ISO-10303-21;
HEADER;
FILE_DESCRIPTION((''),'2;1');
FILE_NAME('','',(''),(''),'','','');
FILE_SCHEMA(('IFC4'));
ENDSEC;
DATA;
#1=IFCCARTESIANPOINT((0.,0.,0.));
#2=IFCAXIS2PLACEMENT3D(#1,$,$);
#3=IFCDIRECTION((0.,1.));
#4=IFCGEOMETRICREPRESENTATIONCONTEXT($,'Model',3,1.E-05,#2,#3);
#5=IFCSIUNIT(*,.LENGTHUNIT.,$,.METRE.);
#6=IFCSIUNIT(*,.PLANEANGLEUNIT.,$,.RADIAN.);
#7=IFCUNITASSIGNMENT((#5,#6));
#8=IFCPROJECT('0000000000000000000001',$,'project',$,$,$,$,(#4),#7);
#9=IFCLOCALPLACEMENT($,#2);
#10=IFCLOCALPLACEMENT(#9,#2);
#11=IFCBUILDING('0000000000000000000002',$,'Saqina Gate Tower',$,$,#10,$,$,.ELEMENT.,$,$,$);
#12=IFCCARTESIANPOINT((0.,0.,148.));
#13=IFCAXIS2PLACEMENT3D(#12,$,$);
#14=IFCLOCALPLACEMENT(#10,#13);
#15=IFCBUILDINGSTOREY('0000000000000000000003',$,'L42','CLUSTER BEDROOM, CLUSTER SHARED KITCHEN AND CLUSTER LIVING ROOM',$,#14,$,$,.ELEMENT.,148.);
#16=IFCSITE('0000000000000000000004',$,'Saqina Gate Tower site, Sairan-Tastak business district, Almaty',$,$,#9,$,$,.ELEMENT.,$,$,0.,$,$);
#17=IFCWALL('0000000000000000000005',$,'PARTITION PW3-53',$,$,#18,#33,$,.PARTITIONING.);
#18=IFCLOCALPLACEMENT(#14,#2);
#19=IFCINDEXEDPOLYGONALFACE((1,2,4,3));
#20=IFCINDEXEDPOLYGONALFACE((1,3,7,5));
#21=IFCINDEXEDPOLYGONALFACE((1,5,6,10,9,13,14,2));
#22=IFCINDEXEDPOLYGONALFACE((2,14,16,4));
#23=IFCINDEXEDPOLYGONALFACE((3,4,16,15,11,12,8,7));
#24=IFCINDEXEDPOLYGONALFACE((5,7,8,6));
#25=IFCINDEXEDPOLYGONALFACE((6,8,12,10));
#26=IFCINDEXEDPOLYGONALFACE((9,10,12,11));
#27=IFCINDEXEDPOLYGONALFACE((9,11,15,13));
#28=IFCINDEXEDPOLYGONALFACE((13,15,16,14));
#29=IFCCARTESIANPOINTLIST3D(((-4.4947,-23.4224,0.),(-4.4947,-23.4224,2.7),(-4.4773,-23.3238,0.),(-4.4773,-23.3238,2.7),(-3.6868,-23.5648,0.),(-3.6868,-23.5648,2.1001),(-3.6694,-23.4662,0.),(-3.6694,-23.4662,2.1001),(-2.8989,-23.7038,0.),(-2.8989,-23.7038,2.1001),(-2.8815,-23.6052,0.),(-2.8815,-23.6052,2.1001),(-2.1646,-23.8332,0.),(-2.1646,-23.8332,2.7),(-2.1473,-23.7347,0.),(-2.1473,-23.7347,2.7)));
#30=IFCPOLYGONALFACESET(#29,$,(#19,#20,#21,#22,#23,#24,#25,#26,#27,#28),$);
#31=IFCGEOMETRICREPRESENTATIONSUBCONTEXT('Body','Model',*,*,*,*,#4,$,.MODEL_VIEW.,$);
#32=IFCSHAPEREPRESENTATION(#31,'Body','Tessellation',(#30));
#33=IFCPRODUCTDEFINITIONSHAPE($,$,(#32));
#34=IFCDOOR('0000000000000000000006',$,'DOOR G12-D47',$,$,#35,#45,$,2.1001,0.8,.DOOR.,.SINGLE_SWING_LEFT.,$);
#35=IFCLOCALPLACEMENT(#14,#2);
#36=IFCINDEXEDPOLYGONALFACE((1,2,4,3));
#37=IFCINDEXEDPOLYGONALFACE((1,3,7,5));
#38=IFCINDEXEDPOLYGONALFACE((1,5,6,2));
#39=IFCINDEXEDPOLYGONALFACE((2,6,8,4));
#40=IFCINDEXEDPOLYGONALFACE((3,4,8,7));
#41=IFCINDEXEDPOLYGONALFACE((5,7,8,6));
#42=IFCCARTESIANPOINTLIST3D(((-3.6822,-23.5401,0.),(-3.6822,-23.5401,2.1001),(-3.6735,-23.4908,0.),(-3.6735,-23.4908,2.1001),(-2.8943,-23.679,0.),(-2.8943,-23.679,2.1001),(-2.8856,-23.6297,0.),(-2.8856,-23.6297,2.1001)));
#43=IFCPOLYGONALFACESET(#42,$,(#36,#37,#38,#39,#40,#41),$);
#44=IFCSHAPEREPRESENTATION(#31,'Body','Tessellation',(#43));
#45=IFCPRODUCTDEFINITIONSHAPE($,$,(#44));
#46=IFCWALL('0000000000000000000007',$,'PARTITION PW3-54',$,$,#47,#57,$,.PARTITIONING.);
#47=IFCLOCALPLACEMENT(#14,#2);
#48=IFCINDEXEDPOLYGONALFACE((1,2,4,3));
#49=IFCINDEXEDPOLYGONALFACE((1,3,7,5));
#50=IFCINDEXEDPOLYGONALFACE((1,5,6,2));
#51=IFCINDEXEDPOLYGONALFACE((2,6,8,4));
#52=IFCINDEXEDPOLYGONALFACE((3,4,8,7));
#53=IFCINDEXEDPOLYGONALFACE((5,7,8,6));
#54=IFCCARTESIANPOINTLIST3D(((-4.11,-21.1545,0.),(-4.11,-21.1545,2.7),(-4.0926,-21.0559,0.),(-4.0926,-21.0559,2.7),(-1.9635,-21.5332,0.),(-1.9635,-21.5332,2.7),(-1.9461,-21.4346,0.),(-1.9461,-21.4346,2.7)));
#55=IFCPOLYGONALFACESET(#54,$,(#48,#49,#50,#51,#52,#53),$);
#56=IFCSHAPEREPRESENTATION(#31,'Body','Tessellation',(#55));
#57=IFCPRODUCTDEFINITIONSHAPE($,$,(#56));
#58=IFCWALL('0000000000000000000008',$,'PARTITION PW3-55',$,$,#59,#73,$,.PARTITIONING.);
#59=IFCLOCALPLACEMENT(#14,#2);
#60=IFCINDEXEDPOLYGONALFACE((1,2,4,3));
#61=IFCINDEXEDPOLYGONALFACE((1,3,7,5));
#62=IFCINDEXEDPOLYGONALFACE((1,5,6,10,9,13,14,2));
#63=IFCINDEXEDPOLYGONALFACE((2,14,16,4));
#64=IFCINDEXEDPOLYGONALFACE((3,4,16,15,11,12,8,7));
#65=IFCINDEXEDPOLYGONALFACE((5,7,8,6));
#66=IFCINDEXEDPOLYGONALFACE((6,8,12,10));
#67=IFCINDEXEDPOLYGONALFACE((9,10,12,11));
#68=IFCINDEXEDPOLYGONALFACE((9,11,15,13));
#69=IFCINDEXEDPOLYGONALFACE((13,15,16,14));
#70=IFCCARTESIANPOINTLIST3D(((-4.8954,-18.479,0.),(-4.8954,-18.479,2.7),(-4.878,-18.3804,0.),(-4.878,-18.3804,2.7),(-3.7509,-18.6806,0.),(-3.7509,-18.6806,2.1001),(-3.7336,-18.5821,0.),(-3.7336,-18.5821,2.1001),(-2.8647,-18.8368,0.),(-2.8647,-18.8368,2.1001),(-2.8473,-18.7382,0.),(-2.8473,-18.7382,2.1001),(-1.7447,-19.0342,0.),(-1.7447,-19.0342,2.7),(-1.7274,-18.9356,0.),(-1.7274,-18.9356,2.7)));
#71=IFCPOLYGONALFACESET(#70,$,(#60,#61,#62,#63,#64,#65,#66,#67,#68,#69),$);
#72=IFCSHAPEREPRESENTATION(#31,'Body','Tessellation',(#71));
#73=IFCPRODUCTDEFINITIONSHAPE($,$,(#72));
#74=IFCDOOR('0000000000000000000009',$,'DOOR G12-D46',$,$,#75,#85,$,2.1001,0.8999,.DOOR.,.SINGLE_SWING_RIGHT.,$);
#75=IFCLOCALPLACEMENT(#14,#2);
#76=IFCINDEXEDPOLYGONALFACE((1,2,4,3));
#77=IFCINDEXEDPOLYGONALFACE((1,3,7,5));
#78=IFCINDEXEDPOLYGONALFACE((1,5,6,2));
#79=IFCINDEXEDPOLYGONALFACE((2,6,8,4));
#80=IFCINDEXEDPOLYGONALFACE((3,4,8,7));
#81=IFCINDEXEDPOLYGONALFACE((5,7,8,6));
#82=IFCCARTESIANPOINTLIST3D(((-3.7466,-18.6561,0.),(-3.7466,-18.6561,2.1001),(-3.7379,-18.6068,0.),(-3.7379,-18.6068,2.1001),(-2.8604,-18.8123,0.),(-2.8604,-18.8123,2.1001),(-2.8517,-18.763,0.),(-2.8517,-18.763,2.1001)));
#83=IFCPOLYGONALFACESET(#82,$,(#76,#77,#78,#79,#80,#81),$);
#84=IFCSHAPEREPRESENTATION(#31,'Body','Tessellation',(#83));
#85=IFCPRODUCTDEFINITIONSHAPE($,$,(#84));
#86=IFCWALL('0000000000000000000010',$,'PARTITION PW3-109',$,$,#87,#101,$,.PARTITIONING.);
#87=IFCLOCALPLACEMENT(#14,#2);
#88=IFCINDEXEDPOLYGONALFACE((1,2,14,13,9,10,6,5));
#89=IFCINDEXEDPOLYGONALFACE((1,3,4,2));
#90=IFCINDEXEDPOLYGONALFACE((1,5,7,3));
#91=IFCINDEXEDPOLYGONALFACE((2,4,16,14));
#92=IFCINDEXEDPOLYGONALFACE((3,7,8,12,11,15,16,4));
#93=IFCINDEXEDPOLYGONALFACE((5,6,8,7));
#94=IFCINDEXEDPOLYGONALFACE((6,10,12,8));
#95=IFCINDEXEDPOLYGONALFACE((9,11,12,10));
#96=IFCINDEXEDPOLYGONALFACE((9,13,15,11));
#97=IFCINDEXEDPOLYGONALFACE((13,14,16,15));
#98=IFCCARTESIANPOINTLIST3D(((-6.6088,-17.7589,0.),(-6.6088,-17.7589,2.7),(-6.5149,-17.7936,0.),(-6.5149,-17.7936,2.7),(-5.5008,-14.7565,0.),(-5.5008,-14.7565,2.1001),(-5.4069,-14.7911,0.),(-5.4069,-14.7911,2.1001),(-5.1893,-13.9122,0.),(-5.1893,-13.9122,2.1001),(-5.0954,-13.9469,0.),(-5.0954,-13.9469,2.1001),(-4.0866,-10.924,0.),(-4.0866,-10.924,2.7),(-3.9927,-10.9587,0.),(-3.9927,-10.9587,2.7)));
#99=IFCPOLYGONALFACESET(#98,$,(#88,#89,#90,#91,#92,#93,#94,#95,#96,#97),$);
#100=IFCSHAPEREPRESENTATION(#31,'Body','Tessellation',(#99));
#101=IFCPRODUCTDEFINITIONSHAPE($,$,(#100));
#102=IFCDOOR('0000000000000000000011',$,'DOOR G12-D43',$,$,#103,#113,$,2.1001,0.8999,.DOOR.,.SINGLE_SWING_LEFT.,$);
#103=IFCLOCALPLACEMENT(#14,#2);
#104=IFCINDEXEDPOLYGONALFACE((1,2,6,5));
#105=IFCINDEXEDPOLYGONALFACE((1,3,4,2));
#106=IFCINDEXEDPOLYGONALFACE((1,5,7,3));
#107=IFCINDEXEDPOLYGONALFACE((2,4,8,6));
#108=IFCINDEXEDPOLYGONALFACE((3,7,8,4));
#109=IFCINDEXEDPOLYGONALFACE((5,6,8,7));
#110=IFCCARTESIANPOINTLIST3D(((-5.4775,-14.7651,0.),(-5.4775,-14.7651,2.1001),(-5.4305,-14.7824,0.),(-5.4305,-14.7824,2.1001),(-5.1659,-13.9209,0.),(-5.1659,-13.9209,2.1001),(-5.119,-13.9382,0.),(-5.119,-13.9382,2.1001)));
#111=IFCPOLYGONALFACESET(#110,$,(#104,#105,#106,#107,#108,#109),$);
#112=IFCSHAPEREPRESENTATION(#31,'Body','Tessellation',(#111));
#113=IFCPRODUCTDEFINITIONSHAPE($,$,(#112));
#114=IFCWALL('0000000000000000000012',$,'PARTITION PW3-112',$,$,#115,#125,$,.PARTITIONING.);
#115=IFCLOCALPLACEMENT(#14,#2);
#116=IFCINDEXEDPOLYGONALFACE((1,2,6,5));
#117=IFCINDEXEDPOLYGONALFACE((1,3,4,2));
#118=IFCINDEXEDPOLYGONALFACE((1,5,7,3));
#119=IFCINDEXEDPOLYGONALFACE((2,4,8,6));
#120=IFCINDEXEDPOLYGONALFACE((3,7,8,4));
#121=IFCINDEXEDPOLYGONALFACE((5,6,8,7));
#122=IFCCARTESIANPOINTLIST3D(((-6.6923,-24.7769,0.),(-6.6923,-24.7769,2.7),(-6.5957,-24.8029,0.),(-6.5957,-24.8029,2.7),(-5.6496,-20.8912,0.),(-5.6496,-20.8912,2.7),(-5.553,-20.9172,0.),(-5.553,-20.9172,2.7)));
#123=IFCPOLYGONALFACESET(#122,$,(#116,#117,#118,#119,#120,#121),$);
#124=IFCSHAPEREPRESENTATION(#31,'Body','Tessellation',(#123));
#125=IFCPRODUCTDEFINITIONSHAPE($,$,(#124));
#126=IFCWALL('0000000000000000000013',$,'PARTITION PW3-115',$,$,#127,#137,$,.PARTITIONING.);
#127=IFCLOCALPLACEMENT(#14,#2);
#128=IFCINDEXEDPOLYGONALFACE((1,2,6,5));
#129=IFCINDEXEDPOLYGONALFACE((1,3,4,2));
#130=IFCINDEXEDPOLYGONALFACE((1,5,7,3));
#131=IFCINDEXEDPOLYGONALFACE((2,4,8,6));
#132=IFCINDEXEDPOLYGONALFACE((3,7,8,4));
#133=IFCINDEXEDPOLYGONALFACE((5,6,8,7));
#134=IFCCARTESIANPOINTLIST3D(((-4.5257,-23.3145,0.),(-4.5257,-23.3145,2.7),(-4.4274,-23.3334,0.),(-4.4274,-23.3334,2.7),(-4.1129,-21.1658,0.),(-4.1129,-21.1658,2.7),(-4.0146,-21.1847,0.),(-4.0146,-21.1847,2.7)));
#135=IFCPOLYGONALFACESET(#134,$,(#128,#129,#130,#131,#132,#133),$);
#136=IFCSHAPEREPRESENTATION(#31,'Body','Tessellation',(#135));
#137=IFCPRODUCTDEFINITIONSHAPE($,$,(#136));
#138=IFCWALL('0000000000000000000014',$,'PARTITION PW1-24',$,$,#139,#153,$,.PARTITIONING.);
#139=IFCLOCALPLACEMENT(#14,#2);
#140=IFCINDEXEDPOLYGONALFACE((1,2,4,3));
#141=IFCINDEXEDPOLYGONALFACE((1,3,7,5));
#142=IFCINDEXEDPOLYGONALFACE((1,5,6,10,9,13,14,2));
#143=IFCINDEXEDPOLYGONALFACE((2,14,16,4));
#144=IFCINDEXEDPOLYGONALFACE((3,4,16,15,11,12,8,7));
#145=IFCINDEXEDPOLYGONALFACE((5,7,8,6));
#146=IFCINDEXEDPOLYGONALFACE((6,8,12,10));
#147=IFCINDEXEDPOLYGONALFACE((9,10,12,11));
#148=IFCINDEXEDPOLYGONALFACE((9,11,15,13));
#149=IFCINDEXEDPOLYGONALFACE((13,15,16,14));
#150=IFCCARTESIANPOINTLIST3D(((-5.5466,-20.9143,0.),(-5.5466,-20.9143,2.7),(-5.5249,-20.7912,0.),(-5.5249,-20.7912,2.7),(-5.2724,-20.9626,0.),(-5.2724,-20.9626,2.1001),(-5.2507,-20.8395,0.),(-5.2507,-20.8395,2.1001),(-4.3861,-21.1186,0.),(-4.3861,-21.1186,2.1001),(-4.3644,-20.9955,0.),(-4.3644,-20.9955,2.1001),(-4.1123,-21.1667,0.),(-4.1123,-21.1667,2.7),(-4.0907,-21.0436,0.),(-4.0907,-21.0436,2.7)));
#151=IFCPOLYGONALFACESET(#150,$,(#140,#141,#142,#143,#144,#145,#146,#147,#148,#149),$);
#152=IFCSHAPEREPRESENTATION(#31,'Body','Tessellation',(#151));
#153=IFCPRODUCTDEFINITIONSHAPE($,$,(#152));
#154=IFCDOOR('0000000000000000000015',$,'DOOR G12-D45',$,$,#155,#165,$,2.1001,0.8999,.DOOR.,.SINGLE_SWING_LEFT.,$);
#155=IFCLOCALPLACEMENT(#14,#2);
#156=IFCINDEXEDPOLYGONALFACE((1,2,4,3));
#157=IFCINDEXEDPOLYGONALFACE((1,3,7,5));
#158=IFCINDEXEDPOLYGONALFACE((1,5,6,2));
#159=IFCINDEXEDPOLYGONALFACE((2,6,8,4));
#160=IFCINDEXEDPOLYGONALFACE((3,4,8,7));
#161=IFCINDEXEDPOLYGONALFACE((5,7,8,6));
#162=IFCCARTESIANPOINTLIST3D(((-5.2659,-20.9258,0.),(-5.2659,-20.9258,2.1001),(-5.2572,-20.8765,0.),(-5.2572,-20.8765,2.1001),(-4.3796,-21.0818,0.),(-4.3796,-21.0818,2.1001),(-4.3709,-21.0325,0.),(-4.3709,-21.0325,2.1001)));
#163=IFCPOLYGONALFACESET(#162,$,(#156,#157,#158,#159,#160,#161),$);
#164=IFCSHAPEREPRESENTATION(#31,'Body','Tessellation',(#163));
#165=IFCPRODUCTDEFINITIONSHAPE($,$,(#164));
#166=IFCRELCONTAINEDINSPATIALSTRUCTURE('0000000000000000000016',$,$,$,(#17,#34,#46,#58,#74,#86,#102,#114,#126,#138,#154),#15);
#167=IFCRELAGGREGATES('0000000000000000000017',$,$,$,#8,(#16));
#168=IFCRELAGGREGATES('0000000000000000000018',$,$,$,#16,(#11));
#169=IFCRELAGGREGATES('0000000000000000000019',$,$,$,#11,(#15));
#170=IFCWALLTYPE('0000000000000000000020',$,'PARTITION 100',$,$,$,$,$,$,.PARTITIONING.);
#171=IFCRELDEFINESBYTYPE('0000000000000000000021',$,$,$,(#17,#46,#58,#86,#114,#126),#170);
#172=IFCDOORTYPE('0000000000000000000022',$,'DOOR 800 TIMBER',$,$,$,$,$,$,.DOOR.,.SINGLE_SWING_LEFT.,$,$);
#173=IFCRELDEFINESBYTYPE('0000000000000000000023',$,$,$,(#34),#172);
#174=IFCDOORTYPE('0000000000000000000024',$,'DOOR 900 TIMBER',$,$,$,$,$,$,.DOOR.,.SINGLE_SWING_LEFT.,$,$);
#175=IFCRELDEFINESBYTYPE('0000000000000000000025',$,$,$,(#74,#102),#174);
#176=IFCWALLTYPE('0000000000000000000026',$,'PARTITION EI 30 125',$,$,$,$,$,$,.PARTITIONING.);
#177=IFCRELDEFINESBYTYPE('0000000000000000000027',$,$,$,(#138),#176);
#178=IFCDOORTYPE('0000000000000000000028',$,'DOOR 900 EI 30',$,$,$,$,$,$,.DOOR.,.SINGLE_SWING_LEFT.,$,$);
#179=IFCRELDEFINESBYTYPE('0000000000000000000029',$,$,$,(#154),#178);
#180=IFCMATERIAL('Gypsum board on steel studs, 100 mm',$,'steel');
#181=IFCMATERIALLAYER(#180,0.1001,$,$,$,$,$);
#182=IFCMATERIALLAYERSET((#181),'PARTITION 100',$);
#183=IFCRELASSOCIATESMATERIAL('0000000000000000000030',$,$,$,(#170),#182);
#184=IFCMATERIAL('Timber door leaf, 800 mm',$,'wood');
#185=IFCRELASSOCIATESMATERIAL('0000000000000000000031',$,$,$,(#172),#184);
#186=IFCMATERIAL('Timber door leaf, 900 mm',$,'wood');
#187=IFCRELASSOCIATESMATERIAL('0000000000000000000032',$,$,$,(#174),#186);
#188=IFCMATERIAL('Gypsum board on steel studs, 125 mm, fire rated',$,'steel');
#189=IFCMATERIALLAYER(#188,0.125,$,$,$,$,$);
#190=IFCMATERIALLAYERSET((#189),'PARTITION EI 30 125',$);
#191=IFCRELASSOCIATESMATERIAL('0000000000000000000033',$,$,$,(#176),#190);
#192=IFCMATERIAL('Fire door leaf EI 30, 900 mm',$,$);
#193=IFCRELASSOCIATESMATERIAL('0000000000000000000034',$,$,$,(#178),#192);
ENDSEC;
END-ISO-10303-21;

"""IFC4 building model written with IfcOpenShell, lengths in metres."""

from ifc_helpers import new_model, si_unit, direction, frame, frame_2d, origin, place, context, subcontext, project, spatial, rectangle, extrude, material, layer, layer_set, type_object, element, fill, save


model = new_model("IFC4")

# Units and contexts
model_context = context("Model", 3, precision=1e-05, world=origin(), true_north=direction((0.0, 1.0)))
body_context = subcontext(model_context, "Body", "Model", "MODEL_VIEW")
ifc_project = project(units=[si_unit("LENGTHUNIT", "METRE"), si_unit("PLANEANGLEUNIT", "RADIAN")], contexts=[model_context])

# Site, building, storey
site_placement = place(None, origin())
site = spatial("IfcSite", under=ifc_project, at=site_placement, Name="Saqina Gate Tower site, Sairan-Tastak business district, Almaty", CompositionType="ELEMENT", RefElevation=0.0)
building_placement = place(site_placement, origin())
building = spatial("IfcBuilding", under=site, at=building_placement, Name="Saqina Gate Tower", CompositionType="ELEMENT")
storey_placement = place(building_placement, frame((0.0, 0.0, 148.0)))
storey = spatial("IfcBuildingStorey", under=building, at=storey_placement, Name="L42", Description="CLUSTER BEDROOM, CLUSTER SHARED KITCHEN AND CLUSTER LIVING ROOM", CompositionType="ELEMENT", Elevation=148.0)

# Shared definitions
ifc_material_1 = material(Name="Gypsum board on steel studs, 100 mm", Category="steel")
ifc_layer_1 = layer(ifc_material_1, 0.1001)
ifc_layer_set_1 = layer_set([ifc_layer_1], Name="PARTITION 100")
wall_type_1 = type_object("IfcWallType", Name="PARTITION 100", PredefinedType="PARTITIONING", material=ifc_layer_set_1)

# Wall, opening, door
wall_1_placement = place(storey_placement, frame((-4.4861, -23.373, 0.0), z_axis=(0.0, 0.0, 1.0), x_axis=(0.984805, -0.173662, 0.0)))
wall_1 = element("IfcWall", 1, at=wall_1_placement, inside=storey, type_object=wall_type_1, Name="PARTITION PW3-53", PredefinedType="PARTITIONING", context=body_context, shape_type="SweptSolid", body=[
    extrude(rectangle(XDim=2.366, YDim=0.1001, at=frame_2d((1.1831, 0.0))), origin(), (0.0, 0.0, 1.0), 2.7),
])
opening_1_placement = place(wall_1_placement, frame((0.8206, 0.0, 0.0)))
opening_1 = element("IfcOpeningElement", 2, at=opening_1_placement, cuts=wall_1, PredefinedType="OPENING", context=body_context, shape_type="SweptSolid", body=[
    extrude(rectangle(XDim=0.8, YDim=2.1001, at=frame_2d((0.3999, 1.05))), frame((0.0, 0.062, 0.0), z_axis=(0.0, -1.0, 0.0), x_axis=(1.0, 0.0, 0.0)), (0.0, 0.0, 1.0), 0.124),
])
ifc_material_2 = material(Name="Timber door leaf, 800 mm", Category="wood")
door_type_1 = type_object("IfcDoorType", Name="DOOR 800 TIMBER", OperationType="SINGLE_SWING_LEFT", PredefinedType="DOOR", material=ifc_material_2)
door_1_placement = place(opening_1_placement, frame((0.8, 0.0, 0.0), z_axis=(0.0, 0.0, 1.0), x_axis=(-1.0, 0.0, 0.0)))
door_1 = element("IfcDoor", 3, at=door_1_placement, inside=storey, type_object=door_type_1, Name="DOOR G12-D47", OperationType="SINGLE_SWING_LEFT", OverallHeight=2.1001, OverallWidth=0.8, PredefinedType="DOOR", context=body_context, shape_type="SweptSolid", body=[
    extrude(rectangle(XDim=0.8, YDim=2.1001, at=frame_2d((0.3999, 1.05))), frame((0.0, 0.0249, 0.0), z_axis=(0.0, -1.0, 0.0), x_axis=(1.0, 0.0, 0.0)), (0.0, 0.0, 1.0), 0.05),
])
fill(opening_1, door_1)

# Wall
wall_2_placement = place(storey_placement, frame((-4.1013, -21.1052, 0.0), z_axis=(0.0, 0.0, 1.0), x_axis=(0.984794, -0.173728, 0.0)))
element("IfcWall", 4, at=wall_2_placement, inside=storey, type_object=wall_type_1, Name="PARTITION PW3-54", PredefinedType="PARTITIONING", context=body_context, shape_type="SweptSolid", body=[
    extrude(rectangle(XDim=2.1797, YDim=0.1001, at=frame_2d((1.0898, 0.0))), origin(), (0.0, 0.0, 1.0), 2.7),
])

# Walls, openings, doors
wall_3_placement = place(storey_placement, frame((-4.8867, -18.4297, 0.0), z_axis=(0.0, 0.0, 1.0), x_axis=(0.984827, -0.173537, 0.0)))
wall_3 = element("IfcWall", 5, at=wall_3_placement, inside=storey, type_object=wall_type_1, Name="PARTITION PW3-55", PredefinedType="PARTITIONING", context=body_context, shape_type="SweptSolid", body=[
    extrude(rectangle(XDim=3.1992, YDim=0.1001, at=frame_2d((1.5996, 0.0))), origin(), (0.0, 0.0, 1.0), 2.7),
])
opening_2_placement = place(wall_3_placement, frame((1.1621, 0.0, 0.0)))
opening_2 = element("IfcOpeningElement", 6, at=opening_2_placement, cuts=wall_3, PredefinedType="OPENING", context=body_context, shape_type="SweptSolid", body=[
    extrude(rectangle(XDim=0.8999, YDim=2.1001, at=frame_2d((0.45, 1.05))), frame((0.0, 0.062, 0.0), z_axis=(0.0, -1.0, 0.0), x_axis=(1.0, 0.0, 0.0)), (0.0, 0.0, 1.0), 0.124),
])
ifc_material_3 = material(Name="Timber door leaf, 900 mm", Category="wood")
door_type_2 = type_object("IfcDoorType", Name="DOOR 900 TIMBER", OperationType="SINGLE_SWING_LEFT", PredefinedType="DOOR", material=ifc_material_3)
door_2_placement = place(opening_2_placement, origin())
door_2 = element("IfcDoor", 7, at=door_2_placement, inside=storey, type_object=door_type_2, Name="DOOR G12-D46", OperationType="SINGLE_SWING_RIGHT", OverallHeight=2.1001, OverallWidth=0.8999, PredefinedType="DOOR", context=body_context, shape_type="SweptSolid", body=[
    extrude(rectangle(XDim=0.8999, YDim=2.1001, at=frame_2d((0.45, 1.05))), frame((0.0, 0.0249, 0.0), z_axis=(0.0, -1.0, 0.0), x_axis=(1.0, 0.0, 0.0)), (0.0, 0.0, 1.0), 0.05),
])
fill(opening_2, door_2)
wall_4_placement = place(storey_placement, frame((-6.5618, -17.7761, 0.0), z_axis=(0.0, 0.0, 1.0), x_axis=(0.346198, 0.938162, 0.0)))
wall_4 = element("IfcWall", 8, at=wall_4_placement, inside=storey, type_object=wall_type_1, Name="PARTITION PW3-109", PredefinedType="PARTITIONING", context=body_context, shape_type="SweptSolid", body=[
    extrude(rectangle(XDim=7.2854, YDim=0.1001, at=frame_2d((3.6426, 0.0))), origin(), (0.0, 0.0, 1.0), 2.7),
])
opening_3_placement = place(wall_4_placement, frame((3.2002, 0.0, 0.0)))
opening_3 = element("IfcOpeningElement", 9, at=opening_3_placement, cuts=wall_4, PredefinedType="OPENING", context=body_context, shape_type="SweptSolid", body=[
    extrude(rectangle(XDim=0.8999, YDim=2.1001, at=frame_2d((0.45, 1.05))), frame((0.0, 0.062, 0.0), z_axis=(0.0, -1.0, 0.0), x_axis=(1.0, 0.0, 0.0)), (0.0, 0.0, 1.0), 0.124),
])
door_3_placement = place(opening_3_placement, frame((0.8999, 0.0, 0.0), z_axis=(0.0, 0.0, 1.0), x_axis=(-1.0, 0.0, 0.0)))
door_3 = element("IfcDoor", 10, at=door_3_placement, inside=storey, type_object=door_type_2, Name="DOOR G12-D43", OperationType="SINGLE_SWING_LEFT", OverallHeight=2.1001, OverallWidth=0.8999, PredefinedType="DOOR", context=body_context, shape_type="SweptSolid", body=[
    extrude(rectangle(XDim=0.8999, YDim=2.1001, at=frame_2d((0.45, 1.05))), frame((0.0, 0.0249, 0.0), z_axis=(0.0, -1.0, 0.0), x_axis=(1.0, 0.0, 0.0)), (0.0, 0.0, 1.0), 0.05),
])
fill(opening_3, door_3)

# Walls
wall_5_placement = place(storey_placement, frame((-6.644, -24.79, 0.0), z_axis=(0.0, 0.0, 1.0), x_axis=(0.259177, 0.96583, 0.0)))
element("IfcWall", 11, at=wall_5_placement, inside=storey, type_object=wall_type_1, Name="PARTITION PW3-112", PredefinedType="PARTITIONING", context=body_context, shape_type="SweptSolid", body=[
    extrude(rectangle(XDim=4.0232, YDim=0.1001, at=frame_2d((2.0117, 0.0))), origin(), (0.0, 0.0, 1.0), 2.7),
])
wall_6_placement = place(storey_placement, frame((-4.4766, -23.324, 0.0), z_axis=(0.0, 0.0, 1.0), x_axis=(0.188686, 0.982037, 0.0)))
element("IfcWall", 12, at=wall_6_placement, inside=storey, type_object=wall_type_1, Name="PARTITION PW3-115", PredefinedType="PARTITIONING", context=body_context, shape_type="SweptSolid", body=[
    extrude(rectangle(XDim=2.188, YDim=0.1001, at=frame_2d((1.094, 0.0))), origin(), (0.0, 0.0, 1.0), 2.7),
])

# Wall, opening, door
ifc_material_4 = material(Name="Gypsum board on steel studs, 125 mm, fire rated", Category="steel")
ifc_layer_2 = layer(ifc_material_4, 0.125)
ifc_layer_set_2 = layer_set([ifc_layer_2], Name="PARTITION EI 30 125")
wall_type_2 = type_object("IfcWallType", Name="PARTITION EI 30 125", PredefinedType="PARTITIONING", material=ifc_layer_set_2)
wall_7_placement = place(storey_placement, frame((-5.5356, -20.8528, 0.0), z_axis=(0.0, 0.0, 1.0), x_axis=(0.984863, -0.173336, 0.0)))
wall_7 = element("IfcWall", 13, at=wall_7_placement, inside=storey, type_object=wall_type_2, Name="PARTITION PW1-24", PredefinedType="PARTITIONING", context=body_context, shape_type="SweptSolid", body=[
    extrude(rectangle(XDim=1.4563, YDim=0.125, at=frame_2d((0.728, 0.0))), origin(), (0.0, 0.0, 1.0), 2.7),
])
opening_4_placement = place(wall_7_placement, frame((0.2783, 0.0, 0.0)))
opening_4 = element("IfcOpeningElement", 14, at=opening_4_placement, cuts=wall_7, PredefinedType="OPENING", context=body_context, shape_type="SweptSolid", body=[
    extrude(rectangle(XDim=0.8999, YDim=2.1001, at=frame_2d((0.45, 1.05))), frame((0.0, 0.0745, 0.0), z_axis=(0.0, -1.0, 0.0), x_axis=(1.0, 0.0, 0.0)), (0.0, 0.0, 1.0), 0.1489),
])
ifc_material_5 = material(Name="Fire door leaf EI 30, 900 mm")
door_type_3 = type_object("IfcDoorType", Name="DOOR 900 EI 30", OperationType="SINGLE_SWING_LEFT", PredefinedType="DOOR", material=ifc_material_5)
door_4_placement = place(opening_4_placement, origin())
door_4 = element("IfcDoor", 15, at=door_4_placement, inside=storey, type_object=door_type_3, Name="DOOR G12-D45", OperationType="SINGLE_SWING_LEFT", OverallHeight=2.1001, OverallWidth=0.8999, PredefinedType="DOOR", context=body_context, shape_type="SweptSolid", body=[
    extrude(rectangle(XDim=0.8999, YDim=2.1001, at=frame_2d((0.45, 1.05))), frame((0.0, 0.0249, 0.0), z_axis=(0.0, -1.0, 0.0), x_axis=(1.0, 0.0, 0.0)), (0.0, 0.0, 1.0), 0.05),
])
fill(opening_4, door_4)

save(model, "model.ifc")
